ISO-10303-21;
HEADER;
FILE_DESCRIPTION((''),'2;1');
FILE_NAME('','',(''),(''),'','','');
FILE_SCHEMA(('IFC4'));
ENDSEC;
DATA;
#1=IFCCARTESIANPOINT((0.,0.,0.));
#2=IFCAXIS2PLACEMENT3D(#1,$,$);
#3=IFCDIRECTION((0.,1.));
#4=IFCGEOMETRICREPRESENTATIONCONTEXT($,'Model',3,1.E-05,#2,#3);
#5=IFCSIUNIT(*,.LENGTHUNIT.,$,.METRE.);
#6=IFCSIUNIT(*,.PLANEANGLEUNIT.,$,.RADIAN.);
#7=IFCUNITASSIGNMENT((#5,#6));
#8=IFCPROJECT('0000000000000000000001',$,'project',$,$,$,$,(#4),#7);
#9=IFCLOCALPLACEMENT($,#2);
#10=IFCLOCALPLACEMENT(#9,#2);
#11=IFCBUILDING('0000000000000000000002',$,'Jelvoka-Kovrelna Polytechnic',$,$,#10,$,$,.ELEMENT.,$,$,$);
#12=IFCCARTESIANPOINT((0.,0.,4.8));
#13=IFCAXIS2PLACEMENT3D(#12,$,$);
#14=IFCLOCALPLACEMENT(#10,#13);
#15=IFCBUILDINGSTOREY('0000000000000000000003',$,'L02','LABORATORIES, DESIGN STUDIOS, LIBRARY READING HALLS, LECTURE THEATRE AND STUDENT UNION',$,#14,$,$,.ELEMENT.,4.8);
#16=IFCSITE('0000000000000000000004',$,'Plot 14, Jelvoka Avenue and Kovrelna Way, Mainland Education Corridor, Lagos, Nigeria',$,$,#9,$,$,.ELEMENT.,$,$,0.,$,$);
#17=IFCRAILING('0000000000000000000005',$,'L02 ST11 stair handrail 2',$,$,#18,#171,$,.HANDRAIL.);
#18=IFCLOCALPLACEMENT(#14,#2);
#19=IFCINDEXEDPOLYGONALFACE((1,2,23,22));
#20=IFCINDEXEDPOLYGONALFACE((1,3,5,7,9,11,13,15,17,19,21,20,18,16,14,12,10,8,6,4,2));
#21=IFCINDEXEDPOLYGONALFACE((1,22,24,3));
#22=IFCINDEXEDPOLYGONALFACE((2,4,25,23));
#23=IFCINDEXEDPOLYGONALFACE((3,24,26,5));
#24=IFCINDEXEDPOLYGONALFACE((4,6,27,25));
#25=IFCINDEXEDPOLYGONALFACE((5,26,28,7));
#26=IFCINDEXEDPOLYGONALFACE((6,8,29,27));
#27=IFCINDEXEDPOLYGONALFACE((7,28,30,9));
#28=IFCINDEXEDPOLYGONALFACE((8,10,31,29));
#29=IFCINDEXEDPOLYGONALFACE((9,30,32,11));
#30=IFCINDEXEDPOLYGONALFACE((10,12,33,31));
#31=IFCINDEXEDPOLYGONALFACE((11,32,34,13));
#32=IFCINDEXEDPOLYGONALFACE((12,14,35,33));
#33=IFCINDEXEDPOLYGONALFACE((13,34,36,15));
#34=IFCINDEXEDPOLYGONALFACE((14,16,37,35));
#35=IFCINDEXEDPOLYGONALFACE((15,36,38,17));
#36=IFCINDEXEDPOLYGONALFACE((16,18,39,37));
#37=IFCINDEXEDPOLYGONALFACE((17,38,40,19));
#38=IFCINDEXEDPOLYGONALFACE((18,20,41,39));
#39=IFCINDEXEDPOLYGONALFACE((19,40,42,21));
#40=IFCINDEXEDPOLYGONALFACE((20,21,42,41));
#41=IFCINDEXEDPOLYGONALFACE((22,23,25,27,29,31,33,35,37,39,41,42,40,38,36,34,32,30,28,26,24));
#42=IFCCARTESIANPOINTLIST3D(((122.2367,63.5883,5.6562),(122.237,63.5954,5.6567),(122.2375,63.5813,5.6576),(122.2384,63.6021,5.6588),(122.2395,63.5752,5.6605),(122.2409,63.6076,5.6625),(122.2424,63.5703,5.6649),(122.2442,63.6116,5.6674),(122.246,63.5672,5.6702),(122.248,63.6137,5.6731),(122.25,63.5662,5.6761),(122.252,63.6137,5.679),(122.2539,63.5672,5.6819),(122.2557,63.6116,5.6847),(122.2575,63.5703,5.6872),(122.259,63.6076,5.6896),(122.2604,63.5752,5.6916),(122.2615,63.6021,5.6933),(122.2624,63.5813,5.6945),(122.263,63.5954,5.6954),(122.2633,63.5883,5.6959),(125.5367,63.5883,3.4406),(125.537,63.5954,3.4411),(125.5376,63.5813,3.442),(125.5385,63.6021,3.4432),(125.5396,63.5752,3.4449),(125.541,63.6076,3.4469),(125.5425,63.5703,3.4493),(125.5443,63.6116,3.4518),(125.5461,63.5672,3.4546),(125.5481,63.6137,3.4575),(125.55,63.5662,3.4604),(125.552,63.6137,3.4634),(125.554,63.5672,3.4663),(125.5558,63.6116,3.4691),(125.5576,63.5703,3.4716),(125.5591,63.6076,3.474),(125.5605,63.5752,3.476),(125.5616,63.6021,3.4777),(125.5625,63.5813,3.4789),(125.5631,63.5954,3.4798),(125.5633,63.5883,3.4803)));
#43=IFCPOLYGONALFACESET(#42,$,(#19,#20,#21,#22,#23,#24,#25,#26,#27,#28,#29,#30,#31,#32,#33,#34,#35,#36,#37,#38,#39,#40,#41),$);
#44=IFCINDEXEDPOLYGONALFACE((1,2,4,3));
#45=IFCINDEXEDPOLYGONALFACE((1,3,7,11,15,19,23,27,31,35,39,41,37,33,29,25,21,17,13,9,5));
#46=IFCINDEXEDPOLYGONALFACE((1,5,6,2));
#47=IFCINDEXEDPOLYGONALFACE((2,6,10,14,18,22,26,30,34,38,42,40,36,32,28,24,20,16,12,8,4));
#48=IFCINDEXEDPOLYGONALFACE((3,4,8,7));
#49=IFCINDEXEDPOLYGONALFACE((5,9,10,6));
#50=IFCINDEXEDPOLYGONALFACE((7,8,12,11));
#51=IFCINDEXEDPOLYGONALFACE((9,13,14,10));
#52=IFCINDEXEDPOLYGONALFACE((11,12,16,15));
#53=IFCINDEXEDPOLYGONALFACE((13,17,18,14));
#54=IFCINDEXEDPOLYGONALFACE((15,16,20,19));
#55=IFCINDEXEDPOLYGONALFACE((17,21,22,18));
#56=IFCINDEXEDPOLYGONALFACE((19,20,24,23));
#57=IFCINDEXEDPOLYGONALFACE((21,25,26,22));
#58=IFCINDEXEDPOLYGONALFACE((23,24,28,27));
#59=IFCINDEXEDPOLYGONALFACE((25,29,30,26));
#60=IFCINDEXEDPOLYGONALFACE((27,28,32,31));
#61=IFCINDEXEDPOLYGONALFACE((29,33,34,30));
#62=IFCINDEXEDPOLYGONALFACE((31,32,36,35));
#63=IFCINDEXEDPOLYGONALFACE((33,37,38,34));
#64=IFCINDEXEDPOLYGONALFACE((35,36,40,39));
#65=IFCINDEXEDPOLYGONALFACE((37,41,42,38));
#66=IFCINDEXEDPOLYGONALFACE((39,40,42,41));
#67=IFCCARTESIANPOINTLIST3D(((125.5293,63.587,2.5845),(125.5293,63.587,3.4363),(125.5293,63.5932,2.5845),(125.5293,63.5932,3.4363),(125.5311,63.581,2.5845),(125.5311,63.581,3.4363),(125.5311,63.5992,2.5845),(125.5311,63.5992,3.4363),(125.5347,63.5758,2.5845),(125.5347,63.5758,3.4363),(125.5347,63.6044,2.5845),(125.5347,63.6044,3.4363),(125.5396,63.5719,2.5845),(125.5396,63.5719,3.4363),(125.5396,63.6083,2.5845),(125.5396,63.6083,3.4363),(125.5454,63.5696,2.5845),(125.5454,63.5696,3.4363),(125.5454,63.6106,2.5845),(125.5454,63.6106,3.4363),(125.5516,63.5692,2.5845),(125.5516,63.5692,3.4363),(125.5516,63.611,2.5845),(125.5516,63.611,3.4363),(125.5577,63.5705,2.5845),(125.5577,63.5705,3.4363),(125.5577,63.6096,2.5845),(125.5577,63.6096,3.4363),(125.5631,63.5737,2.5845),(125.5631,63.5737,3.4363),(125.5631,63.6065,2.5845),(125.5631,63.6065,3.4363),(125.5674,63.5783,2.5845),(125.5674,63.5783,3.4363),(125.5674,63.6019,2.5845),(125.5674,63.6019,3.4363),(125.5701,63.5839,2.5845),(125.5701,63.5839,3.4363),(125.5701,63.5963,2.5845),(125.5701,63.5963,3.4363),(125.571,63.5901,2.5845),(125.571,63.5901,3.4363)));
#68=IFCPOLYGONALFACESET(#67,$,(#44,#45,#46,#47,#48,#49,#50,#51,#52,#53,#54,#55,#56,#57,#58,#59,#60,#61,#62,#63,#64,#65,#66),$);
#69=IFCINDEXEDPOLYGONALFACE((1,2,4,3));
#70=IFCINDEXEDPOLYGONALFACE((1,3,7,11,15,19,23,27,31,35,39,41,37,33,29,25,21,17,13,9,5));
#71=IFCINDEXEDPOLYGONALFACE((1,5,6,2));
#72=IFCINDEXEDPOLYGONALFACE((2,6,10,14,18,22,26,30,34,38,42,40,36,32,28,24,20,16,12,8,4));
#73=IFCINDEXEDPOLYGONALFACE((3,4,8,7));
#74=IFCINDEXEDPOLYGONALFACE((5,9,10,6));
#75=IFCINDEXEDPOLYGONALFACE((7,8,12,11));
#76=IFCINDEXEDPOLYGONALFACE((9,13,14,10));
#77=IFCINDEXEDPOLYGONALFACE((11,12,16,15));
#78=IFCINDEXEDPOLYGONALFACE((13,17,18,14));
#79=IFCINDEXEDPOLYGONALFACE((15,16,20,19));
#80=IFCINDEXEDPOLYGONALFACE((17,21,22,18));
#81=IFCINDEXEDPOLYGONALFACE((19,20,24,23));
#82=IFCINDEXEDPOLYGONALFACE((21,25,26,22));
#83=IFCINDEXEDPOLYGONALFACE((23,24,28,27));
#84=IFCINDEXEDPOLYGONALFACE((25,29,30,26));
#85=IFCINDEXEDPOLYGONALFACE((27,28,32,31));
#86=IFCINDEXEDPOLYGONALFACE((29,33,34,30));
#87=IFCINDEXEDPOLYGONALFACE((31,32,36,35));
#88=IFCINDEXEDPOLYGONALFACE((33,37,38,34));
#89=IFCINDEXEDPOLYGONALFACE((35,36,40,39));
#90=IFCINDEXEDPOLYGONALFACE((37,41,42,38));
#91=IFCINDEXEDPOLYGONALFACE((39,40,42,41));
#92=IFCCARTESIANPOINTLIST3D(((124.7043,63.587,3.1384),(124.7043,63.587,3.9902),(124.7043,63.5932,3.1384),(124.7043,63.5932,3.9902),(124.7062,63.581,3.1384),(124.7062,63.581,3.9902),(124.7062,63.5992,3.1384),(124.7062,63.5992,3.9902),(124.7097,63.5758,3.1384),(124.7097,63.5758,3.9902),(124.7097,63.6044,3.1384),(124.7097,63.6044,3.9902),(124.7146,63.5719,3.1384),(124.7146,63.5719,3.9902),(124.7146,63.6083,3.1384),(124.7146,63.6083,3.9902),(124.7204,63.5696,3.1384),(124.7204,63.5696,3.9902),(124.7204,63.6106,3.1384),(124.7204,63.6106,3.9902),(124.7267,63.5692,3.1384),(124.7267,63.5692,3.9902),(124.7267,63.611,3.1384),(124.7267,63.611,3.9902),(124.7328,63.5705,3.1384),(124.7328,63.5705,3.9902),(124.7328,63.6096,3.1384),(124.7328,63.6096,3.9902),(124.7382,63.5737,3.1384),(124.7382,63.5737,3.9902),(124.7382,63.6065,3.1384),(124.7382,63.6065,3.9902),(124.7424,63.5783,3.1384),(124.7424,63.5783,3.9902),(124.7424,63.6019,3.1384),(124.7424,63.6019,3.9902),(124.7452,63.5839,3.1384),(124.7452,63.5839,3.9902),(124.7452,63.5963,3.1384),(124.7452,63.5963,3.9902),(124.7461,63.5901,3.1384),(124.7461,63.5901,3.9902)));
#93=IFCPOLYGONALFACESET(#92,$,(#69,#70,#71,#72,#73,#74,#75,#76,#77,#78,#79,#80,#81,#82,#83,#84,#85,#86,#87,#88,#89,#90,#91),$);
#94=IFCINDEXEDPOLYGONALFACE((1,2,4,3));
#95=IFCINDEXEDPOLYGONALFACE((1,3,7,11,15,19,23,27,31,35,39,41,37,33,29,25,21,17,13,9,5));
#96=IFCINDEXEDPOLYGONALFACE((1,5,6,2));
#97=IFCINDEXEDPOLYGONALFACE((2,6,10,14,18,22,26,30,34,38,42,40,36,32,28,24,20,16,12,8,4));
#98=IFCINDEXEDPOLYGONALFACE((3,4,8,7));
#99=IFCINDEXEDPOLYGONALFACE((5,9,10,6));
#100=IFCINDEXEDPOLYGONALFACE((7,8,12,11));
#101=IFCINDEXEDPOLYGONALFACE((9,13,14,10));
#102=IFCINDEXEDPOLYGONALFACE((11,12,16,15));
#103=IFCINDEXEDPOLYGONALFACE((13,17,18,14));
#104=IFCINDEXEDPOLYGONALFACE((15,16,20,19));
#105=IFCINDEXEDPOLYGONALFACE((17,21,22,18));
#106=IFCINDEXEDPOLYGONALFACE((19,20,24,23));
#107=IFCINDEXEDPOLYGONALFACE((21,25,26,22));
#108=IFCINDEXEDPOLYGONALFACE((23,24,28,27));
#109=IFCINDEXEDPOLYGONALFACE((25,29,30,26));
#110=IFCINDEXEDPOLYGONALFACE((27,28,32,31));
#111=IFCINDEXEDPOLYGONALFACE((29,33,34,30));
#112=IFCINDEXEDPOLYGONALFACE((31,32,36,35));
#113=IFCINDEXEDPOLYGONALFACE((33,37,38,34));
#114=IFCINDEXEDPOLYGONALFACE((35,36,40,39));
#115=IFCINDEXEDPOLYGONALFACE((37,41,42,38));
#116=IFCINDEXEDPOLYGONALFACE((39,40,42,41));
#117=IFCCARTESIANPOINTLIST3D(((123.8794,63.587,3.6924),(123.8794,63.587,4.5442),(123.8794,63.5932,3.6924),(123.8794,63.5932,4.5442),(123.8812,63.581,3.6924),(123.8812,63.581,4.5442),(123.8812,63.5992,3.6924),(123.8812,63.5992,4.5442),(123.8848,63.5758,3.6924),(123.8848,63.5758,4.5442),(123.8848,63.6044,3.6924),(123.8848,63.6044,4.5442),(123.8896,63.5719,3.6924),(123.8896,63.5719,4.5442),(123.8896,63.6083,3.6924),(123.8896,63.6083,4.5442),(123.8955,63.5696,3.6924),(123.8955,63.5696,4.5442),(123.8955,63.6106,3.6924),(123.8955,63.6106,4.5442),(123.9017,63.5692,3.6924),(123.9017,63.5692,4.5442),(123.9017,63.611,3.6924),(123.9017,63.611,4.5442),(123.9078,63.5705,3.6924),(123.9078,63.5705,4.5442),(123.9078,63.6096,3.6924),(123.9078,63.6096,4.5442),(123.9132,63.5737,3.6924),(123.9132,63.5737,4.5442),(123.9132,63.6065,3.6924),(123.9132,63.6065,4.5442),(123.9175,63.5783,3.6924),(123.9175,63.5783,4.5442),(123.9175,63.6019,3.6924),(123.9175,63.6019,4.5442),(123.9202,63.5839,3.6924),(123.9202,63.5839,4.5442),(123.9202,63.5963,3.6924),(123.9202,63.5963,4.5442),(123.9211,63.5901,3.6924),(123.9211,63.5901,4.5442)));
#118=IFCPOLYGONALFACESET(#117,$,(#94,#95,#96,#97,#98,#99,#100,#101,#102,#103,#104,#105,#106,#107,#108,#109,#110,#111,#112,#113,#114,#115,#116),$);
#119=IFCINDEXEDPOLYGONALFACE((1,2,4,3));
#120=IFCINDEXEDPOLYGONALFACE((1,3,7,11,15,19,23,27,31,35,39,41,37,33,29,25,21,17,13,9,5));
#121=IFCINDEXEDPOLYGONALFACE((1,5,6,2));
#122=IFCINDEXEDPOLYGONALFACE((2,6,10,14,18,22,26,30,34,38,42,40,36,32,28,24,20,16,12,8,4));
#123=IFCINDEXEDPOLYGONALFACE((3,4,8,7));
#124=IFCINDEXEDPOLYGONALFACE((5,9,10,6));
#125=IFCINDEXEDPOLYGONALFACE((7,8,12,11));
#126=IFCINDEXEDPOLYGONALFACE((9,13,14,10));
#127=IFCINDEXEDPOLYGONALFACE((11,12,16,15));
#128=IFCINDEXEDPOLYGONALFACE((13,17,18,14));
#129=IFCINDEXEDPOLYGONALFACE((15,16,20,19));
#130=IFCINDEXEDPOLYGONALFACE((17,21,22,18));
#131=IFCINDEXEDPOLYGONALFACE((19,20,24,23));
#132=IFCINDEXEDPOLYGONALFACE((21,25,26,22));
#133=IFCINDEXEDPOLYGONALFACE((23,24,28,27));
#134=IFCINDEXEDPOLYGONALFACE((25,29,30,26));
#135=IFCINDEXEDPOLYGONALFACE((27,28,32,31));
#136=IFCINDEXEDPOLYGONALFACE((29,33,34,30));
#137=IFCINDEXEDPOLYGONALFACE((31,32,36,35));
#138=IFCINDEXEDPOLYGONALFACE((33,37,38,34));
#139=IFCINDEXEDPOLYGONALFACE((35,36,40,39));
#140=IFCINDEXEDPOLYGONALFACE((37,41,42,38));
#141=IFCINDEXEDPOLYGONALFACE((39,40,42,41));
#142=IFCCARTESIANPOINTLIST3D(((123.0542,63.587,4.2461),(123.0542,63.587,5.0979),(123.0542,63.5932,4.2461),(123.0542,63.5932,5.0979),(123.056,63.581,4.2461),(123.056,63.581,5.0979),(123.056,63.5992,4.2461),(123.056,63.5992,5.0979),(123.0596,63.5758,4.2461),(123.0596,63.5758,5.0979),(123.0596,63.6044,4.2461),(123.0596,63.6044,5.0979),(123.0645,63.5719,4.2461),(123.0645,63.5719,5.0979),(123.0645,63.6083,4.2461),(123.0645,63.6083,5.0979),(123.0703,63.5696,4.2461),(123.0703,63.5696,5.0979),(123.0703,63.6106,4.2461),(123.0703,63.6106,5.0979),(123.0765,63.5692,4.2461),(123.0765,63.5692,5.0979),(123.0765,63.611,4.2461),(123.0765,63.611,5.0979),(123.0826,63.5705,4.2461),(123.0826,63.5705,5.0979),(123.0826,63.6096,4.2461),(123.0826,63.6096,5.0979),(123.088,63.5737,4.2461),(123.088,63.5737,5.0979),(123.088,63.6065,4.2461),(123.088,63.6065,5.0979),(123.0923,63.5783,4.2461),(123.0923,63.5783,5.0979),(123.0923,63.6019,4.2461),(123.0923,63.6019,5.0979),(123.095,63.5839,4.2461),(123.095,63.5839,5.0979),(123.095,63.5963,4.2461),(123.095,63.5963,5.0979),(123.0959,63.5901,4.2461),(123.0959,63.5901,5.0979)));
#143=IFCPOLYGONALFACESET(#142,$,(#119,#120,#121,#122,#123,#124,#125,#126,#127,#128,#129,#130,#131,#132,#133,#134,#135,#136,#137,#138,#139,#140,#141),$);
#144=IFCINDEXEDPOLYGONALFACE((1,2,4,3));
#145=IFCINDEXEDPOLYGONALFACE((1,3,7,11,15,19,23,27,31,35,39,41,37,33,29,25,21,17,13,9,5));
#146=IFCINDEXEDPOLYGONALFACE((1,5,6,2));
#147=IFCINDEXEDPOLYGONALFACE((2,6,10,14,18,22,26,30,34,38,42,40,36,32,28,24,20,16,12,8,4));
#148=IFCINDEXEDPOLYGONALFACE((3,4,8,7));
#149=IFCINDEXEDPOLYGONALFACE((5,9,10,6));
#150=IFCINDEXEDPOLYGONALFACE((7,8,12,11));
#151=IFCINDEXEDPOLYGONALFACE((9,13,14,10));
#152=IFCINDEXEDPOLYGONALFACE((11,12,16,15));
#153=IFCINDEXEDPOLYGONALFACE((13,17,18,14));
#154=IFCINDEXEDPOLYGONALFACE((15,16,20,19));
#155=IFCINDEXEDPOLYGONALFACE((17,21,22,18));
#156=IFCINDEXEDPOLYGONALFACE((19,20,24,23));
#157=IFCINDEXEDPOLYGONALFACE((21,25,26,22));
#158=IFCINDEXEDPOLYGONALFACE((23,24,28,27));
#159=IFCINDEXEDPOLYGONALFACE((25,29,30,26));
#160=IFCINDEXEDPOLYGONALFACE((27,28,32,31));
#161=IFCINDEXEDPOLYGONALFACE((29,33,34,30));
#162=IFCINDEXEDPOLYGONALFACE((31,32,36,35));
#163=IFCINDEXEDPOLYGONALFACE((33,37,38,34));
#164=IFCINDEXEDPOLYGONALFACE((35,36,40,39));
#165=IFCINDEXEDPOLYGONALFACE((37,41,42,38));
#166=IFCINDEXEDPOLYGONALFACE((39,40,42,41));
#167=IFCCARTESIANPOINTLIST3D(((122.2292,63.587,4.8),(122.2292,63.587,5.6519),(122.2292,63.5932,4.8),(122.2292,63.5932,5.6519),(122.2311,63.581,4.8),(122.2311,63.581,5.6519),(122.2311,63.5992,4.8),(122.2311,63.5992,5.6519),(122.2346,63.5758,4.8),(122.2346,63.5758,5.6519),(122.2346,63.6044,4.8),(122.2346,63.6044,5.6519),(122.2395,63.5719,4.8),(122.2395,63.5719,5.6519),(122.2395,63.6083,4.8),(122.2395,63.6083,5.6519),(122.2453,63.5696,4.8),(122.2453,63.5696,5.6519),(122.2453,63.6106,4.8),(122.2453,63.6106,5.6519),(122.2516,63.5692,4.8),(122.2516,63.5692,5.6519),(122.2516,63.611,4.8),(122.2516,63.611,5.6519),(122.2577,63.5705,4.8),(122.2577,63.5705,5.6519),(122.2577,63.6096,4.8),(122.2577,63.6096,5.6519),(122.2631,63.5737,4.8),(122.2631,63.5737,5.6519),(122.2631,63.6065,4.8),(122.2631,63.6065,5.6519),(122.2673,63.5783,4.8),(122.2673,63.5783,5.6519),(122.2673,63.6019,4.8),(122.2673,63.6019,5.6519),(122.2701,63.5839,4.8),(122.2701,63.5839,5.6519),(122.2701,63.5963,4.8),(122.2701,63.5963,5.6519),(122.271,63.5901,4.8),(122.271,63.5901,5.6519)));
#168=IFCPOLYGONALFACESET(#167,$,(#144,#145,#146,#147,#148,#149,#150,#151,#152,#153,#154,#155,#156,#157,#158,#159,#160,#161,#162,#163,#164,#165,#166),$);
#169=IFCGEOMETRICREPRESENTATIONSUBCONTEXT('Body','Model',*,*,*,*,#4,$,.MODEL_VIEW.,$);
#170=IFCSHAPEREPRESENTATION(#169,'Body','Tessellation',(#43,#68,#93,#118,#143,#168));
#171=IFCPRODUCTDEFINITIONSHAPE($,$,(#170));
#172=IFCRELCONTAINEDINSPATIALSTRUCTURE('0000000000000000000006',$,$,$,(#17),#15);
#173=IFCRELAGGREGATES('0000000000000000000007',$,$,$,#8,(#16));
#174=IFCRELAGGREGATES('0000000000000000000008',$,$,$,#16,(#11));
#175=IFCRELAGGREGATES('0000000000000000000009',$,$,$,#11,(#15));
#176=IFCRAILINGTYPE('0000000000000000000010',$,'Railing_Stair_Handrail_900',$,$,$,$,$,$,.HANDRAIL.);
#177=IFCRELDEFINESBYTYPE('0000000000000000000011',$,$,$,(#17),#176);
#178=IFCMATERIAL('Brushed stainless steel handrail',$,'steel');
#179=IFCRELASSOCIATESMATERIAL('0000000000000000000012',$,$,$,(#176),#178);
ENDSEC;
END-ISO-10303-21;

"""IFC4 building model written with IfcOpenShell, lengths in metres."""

from ifc_helpers import new_model, si_unit, direction, frame, origin, origin_2d, place, context, subcontext, project, spatial, circle, extrude, material, type_object, element, save


model = new_model("IFC4")

# Units and contexts
model_context = context("Model", 3, precision=1e-05, world=origin(), true_north=direction((0.0, 1.0)))
body_context = subcontext(model_context, "Body", "Model", "MODEL_VIEW")
ifc_project = project(units=[si_unit("LENGTHUNIT", "METRE"), si_unit("PLANEANGLEUNIT", "RADIAN")], contexts=[model_context])

# Site, building, storey
site_placement = place(None, origin())
site = spatial("IfcSite", under=ifc_project, at=site_placement, Name="Plot 14, Jelvoka Avenue and Kovrelna Way, Mainland Education Corridor, Lagos, Nigeria", CompositionType="ELEMENT", RefElevation=0.0)
building_placement = place(site_placement, origin())
building = spatial("IfcBuilding", under=site, at=building_placement, Name="Jelvoka-Kovrelna Polytechnic", CompositionType="ELEMENT")
storey_placement = place(building_placement, frame((0.0, 0.0, 4.8)))
storey = spatial("IfcBuildingStorey", under=building, at=storey_placement, Name="L02", Description="LABORATORIES, DESIGN STUDIOS, LIBRARY READING HALLS, LECTURE THEATRE AND STUDENT UNION", CompositionType="ELEMENT", Elevation=4.8)

# Railing
ifc_material_1 = material(Name="Brushed stainless steel handrail", Category="steel")
railing_type_1 = type_object("IfcRailingType", Name="Railing_Stair_Handrail_900", PredefinedType="HANDRAIL", material=ifc_material_1)
railing_1_placement = place(storey_placement, frame((125.55, 63.5901, 2.5845)))
element("IfcRailing", 1, at=railing_1_placement, inside=storey, type_object=railing_type_1, Name="L02 ST11 stair handrail 2", PredefinedType="HANDRAIL", context=body_context, shape_type="SweptSolid", body=[
    extrude(circle(Radius=0.0239, at=origin_2d()), frame((0.0, 0.0, 0.876), z_axis=(-0.830241, 0.0, 0.557405), x_axis=(0.0, -1.0, 0.0)), (0.0, 0.0, 1.0), 3.9749),
    extrude(circle(Radius=0.021, at=origin_2d()), origin(), (0.0, 0.0, 1.0), 0.8518),
    extrude(circle(Radius=0.021, at=origin_2d()), frame((-0.825, 0.0, 0.554)), (0.0, 0.0, 1.0), 0.8518),
    extrude(circle(Radius=0.021, at=origin_2d()), frame((-1.6499, 0.0, 1.1079)), (0.0, 0.0, 1.0), 0.8518),
    extrude(circle(Radius=0.021, at=origin_2d()), frame((-2.4751, 0.0, 1.6616)), (0.0, 0.0, 1.0), 0.8518),
    extrude(circle(Radius=0.021, at=origin_2d()), frame((-3.3, 0.0, 2.2156)), (0.0, 0.0, 1.0), 0.8518),
])

save(model, "model.ifc")
